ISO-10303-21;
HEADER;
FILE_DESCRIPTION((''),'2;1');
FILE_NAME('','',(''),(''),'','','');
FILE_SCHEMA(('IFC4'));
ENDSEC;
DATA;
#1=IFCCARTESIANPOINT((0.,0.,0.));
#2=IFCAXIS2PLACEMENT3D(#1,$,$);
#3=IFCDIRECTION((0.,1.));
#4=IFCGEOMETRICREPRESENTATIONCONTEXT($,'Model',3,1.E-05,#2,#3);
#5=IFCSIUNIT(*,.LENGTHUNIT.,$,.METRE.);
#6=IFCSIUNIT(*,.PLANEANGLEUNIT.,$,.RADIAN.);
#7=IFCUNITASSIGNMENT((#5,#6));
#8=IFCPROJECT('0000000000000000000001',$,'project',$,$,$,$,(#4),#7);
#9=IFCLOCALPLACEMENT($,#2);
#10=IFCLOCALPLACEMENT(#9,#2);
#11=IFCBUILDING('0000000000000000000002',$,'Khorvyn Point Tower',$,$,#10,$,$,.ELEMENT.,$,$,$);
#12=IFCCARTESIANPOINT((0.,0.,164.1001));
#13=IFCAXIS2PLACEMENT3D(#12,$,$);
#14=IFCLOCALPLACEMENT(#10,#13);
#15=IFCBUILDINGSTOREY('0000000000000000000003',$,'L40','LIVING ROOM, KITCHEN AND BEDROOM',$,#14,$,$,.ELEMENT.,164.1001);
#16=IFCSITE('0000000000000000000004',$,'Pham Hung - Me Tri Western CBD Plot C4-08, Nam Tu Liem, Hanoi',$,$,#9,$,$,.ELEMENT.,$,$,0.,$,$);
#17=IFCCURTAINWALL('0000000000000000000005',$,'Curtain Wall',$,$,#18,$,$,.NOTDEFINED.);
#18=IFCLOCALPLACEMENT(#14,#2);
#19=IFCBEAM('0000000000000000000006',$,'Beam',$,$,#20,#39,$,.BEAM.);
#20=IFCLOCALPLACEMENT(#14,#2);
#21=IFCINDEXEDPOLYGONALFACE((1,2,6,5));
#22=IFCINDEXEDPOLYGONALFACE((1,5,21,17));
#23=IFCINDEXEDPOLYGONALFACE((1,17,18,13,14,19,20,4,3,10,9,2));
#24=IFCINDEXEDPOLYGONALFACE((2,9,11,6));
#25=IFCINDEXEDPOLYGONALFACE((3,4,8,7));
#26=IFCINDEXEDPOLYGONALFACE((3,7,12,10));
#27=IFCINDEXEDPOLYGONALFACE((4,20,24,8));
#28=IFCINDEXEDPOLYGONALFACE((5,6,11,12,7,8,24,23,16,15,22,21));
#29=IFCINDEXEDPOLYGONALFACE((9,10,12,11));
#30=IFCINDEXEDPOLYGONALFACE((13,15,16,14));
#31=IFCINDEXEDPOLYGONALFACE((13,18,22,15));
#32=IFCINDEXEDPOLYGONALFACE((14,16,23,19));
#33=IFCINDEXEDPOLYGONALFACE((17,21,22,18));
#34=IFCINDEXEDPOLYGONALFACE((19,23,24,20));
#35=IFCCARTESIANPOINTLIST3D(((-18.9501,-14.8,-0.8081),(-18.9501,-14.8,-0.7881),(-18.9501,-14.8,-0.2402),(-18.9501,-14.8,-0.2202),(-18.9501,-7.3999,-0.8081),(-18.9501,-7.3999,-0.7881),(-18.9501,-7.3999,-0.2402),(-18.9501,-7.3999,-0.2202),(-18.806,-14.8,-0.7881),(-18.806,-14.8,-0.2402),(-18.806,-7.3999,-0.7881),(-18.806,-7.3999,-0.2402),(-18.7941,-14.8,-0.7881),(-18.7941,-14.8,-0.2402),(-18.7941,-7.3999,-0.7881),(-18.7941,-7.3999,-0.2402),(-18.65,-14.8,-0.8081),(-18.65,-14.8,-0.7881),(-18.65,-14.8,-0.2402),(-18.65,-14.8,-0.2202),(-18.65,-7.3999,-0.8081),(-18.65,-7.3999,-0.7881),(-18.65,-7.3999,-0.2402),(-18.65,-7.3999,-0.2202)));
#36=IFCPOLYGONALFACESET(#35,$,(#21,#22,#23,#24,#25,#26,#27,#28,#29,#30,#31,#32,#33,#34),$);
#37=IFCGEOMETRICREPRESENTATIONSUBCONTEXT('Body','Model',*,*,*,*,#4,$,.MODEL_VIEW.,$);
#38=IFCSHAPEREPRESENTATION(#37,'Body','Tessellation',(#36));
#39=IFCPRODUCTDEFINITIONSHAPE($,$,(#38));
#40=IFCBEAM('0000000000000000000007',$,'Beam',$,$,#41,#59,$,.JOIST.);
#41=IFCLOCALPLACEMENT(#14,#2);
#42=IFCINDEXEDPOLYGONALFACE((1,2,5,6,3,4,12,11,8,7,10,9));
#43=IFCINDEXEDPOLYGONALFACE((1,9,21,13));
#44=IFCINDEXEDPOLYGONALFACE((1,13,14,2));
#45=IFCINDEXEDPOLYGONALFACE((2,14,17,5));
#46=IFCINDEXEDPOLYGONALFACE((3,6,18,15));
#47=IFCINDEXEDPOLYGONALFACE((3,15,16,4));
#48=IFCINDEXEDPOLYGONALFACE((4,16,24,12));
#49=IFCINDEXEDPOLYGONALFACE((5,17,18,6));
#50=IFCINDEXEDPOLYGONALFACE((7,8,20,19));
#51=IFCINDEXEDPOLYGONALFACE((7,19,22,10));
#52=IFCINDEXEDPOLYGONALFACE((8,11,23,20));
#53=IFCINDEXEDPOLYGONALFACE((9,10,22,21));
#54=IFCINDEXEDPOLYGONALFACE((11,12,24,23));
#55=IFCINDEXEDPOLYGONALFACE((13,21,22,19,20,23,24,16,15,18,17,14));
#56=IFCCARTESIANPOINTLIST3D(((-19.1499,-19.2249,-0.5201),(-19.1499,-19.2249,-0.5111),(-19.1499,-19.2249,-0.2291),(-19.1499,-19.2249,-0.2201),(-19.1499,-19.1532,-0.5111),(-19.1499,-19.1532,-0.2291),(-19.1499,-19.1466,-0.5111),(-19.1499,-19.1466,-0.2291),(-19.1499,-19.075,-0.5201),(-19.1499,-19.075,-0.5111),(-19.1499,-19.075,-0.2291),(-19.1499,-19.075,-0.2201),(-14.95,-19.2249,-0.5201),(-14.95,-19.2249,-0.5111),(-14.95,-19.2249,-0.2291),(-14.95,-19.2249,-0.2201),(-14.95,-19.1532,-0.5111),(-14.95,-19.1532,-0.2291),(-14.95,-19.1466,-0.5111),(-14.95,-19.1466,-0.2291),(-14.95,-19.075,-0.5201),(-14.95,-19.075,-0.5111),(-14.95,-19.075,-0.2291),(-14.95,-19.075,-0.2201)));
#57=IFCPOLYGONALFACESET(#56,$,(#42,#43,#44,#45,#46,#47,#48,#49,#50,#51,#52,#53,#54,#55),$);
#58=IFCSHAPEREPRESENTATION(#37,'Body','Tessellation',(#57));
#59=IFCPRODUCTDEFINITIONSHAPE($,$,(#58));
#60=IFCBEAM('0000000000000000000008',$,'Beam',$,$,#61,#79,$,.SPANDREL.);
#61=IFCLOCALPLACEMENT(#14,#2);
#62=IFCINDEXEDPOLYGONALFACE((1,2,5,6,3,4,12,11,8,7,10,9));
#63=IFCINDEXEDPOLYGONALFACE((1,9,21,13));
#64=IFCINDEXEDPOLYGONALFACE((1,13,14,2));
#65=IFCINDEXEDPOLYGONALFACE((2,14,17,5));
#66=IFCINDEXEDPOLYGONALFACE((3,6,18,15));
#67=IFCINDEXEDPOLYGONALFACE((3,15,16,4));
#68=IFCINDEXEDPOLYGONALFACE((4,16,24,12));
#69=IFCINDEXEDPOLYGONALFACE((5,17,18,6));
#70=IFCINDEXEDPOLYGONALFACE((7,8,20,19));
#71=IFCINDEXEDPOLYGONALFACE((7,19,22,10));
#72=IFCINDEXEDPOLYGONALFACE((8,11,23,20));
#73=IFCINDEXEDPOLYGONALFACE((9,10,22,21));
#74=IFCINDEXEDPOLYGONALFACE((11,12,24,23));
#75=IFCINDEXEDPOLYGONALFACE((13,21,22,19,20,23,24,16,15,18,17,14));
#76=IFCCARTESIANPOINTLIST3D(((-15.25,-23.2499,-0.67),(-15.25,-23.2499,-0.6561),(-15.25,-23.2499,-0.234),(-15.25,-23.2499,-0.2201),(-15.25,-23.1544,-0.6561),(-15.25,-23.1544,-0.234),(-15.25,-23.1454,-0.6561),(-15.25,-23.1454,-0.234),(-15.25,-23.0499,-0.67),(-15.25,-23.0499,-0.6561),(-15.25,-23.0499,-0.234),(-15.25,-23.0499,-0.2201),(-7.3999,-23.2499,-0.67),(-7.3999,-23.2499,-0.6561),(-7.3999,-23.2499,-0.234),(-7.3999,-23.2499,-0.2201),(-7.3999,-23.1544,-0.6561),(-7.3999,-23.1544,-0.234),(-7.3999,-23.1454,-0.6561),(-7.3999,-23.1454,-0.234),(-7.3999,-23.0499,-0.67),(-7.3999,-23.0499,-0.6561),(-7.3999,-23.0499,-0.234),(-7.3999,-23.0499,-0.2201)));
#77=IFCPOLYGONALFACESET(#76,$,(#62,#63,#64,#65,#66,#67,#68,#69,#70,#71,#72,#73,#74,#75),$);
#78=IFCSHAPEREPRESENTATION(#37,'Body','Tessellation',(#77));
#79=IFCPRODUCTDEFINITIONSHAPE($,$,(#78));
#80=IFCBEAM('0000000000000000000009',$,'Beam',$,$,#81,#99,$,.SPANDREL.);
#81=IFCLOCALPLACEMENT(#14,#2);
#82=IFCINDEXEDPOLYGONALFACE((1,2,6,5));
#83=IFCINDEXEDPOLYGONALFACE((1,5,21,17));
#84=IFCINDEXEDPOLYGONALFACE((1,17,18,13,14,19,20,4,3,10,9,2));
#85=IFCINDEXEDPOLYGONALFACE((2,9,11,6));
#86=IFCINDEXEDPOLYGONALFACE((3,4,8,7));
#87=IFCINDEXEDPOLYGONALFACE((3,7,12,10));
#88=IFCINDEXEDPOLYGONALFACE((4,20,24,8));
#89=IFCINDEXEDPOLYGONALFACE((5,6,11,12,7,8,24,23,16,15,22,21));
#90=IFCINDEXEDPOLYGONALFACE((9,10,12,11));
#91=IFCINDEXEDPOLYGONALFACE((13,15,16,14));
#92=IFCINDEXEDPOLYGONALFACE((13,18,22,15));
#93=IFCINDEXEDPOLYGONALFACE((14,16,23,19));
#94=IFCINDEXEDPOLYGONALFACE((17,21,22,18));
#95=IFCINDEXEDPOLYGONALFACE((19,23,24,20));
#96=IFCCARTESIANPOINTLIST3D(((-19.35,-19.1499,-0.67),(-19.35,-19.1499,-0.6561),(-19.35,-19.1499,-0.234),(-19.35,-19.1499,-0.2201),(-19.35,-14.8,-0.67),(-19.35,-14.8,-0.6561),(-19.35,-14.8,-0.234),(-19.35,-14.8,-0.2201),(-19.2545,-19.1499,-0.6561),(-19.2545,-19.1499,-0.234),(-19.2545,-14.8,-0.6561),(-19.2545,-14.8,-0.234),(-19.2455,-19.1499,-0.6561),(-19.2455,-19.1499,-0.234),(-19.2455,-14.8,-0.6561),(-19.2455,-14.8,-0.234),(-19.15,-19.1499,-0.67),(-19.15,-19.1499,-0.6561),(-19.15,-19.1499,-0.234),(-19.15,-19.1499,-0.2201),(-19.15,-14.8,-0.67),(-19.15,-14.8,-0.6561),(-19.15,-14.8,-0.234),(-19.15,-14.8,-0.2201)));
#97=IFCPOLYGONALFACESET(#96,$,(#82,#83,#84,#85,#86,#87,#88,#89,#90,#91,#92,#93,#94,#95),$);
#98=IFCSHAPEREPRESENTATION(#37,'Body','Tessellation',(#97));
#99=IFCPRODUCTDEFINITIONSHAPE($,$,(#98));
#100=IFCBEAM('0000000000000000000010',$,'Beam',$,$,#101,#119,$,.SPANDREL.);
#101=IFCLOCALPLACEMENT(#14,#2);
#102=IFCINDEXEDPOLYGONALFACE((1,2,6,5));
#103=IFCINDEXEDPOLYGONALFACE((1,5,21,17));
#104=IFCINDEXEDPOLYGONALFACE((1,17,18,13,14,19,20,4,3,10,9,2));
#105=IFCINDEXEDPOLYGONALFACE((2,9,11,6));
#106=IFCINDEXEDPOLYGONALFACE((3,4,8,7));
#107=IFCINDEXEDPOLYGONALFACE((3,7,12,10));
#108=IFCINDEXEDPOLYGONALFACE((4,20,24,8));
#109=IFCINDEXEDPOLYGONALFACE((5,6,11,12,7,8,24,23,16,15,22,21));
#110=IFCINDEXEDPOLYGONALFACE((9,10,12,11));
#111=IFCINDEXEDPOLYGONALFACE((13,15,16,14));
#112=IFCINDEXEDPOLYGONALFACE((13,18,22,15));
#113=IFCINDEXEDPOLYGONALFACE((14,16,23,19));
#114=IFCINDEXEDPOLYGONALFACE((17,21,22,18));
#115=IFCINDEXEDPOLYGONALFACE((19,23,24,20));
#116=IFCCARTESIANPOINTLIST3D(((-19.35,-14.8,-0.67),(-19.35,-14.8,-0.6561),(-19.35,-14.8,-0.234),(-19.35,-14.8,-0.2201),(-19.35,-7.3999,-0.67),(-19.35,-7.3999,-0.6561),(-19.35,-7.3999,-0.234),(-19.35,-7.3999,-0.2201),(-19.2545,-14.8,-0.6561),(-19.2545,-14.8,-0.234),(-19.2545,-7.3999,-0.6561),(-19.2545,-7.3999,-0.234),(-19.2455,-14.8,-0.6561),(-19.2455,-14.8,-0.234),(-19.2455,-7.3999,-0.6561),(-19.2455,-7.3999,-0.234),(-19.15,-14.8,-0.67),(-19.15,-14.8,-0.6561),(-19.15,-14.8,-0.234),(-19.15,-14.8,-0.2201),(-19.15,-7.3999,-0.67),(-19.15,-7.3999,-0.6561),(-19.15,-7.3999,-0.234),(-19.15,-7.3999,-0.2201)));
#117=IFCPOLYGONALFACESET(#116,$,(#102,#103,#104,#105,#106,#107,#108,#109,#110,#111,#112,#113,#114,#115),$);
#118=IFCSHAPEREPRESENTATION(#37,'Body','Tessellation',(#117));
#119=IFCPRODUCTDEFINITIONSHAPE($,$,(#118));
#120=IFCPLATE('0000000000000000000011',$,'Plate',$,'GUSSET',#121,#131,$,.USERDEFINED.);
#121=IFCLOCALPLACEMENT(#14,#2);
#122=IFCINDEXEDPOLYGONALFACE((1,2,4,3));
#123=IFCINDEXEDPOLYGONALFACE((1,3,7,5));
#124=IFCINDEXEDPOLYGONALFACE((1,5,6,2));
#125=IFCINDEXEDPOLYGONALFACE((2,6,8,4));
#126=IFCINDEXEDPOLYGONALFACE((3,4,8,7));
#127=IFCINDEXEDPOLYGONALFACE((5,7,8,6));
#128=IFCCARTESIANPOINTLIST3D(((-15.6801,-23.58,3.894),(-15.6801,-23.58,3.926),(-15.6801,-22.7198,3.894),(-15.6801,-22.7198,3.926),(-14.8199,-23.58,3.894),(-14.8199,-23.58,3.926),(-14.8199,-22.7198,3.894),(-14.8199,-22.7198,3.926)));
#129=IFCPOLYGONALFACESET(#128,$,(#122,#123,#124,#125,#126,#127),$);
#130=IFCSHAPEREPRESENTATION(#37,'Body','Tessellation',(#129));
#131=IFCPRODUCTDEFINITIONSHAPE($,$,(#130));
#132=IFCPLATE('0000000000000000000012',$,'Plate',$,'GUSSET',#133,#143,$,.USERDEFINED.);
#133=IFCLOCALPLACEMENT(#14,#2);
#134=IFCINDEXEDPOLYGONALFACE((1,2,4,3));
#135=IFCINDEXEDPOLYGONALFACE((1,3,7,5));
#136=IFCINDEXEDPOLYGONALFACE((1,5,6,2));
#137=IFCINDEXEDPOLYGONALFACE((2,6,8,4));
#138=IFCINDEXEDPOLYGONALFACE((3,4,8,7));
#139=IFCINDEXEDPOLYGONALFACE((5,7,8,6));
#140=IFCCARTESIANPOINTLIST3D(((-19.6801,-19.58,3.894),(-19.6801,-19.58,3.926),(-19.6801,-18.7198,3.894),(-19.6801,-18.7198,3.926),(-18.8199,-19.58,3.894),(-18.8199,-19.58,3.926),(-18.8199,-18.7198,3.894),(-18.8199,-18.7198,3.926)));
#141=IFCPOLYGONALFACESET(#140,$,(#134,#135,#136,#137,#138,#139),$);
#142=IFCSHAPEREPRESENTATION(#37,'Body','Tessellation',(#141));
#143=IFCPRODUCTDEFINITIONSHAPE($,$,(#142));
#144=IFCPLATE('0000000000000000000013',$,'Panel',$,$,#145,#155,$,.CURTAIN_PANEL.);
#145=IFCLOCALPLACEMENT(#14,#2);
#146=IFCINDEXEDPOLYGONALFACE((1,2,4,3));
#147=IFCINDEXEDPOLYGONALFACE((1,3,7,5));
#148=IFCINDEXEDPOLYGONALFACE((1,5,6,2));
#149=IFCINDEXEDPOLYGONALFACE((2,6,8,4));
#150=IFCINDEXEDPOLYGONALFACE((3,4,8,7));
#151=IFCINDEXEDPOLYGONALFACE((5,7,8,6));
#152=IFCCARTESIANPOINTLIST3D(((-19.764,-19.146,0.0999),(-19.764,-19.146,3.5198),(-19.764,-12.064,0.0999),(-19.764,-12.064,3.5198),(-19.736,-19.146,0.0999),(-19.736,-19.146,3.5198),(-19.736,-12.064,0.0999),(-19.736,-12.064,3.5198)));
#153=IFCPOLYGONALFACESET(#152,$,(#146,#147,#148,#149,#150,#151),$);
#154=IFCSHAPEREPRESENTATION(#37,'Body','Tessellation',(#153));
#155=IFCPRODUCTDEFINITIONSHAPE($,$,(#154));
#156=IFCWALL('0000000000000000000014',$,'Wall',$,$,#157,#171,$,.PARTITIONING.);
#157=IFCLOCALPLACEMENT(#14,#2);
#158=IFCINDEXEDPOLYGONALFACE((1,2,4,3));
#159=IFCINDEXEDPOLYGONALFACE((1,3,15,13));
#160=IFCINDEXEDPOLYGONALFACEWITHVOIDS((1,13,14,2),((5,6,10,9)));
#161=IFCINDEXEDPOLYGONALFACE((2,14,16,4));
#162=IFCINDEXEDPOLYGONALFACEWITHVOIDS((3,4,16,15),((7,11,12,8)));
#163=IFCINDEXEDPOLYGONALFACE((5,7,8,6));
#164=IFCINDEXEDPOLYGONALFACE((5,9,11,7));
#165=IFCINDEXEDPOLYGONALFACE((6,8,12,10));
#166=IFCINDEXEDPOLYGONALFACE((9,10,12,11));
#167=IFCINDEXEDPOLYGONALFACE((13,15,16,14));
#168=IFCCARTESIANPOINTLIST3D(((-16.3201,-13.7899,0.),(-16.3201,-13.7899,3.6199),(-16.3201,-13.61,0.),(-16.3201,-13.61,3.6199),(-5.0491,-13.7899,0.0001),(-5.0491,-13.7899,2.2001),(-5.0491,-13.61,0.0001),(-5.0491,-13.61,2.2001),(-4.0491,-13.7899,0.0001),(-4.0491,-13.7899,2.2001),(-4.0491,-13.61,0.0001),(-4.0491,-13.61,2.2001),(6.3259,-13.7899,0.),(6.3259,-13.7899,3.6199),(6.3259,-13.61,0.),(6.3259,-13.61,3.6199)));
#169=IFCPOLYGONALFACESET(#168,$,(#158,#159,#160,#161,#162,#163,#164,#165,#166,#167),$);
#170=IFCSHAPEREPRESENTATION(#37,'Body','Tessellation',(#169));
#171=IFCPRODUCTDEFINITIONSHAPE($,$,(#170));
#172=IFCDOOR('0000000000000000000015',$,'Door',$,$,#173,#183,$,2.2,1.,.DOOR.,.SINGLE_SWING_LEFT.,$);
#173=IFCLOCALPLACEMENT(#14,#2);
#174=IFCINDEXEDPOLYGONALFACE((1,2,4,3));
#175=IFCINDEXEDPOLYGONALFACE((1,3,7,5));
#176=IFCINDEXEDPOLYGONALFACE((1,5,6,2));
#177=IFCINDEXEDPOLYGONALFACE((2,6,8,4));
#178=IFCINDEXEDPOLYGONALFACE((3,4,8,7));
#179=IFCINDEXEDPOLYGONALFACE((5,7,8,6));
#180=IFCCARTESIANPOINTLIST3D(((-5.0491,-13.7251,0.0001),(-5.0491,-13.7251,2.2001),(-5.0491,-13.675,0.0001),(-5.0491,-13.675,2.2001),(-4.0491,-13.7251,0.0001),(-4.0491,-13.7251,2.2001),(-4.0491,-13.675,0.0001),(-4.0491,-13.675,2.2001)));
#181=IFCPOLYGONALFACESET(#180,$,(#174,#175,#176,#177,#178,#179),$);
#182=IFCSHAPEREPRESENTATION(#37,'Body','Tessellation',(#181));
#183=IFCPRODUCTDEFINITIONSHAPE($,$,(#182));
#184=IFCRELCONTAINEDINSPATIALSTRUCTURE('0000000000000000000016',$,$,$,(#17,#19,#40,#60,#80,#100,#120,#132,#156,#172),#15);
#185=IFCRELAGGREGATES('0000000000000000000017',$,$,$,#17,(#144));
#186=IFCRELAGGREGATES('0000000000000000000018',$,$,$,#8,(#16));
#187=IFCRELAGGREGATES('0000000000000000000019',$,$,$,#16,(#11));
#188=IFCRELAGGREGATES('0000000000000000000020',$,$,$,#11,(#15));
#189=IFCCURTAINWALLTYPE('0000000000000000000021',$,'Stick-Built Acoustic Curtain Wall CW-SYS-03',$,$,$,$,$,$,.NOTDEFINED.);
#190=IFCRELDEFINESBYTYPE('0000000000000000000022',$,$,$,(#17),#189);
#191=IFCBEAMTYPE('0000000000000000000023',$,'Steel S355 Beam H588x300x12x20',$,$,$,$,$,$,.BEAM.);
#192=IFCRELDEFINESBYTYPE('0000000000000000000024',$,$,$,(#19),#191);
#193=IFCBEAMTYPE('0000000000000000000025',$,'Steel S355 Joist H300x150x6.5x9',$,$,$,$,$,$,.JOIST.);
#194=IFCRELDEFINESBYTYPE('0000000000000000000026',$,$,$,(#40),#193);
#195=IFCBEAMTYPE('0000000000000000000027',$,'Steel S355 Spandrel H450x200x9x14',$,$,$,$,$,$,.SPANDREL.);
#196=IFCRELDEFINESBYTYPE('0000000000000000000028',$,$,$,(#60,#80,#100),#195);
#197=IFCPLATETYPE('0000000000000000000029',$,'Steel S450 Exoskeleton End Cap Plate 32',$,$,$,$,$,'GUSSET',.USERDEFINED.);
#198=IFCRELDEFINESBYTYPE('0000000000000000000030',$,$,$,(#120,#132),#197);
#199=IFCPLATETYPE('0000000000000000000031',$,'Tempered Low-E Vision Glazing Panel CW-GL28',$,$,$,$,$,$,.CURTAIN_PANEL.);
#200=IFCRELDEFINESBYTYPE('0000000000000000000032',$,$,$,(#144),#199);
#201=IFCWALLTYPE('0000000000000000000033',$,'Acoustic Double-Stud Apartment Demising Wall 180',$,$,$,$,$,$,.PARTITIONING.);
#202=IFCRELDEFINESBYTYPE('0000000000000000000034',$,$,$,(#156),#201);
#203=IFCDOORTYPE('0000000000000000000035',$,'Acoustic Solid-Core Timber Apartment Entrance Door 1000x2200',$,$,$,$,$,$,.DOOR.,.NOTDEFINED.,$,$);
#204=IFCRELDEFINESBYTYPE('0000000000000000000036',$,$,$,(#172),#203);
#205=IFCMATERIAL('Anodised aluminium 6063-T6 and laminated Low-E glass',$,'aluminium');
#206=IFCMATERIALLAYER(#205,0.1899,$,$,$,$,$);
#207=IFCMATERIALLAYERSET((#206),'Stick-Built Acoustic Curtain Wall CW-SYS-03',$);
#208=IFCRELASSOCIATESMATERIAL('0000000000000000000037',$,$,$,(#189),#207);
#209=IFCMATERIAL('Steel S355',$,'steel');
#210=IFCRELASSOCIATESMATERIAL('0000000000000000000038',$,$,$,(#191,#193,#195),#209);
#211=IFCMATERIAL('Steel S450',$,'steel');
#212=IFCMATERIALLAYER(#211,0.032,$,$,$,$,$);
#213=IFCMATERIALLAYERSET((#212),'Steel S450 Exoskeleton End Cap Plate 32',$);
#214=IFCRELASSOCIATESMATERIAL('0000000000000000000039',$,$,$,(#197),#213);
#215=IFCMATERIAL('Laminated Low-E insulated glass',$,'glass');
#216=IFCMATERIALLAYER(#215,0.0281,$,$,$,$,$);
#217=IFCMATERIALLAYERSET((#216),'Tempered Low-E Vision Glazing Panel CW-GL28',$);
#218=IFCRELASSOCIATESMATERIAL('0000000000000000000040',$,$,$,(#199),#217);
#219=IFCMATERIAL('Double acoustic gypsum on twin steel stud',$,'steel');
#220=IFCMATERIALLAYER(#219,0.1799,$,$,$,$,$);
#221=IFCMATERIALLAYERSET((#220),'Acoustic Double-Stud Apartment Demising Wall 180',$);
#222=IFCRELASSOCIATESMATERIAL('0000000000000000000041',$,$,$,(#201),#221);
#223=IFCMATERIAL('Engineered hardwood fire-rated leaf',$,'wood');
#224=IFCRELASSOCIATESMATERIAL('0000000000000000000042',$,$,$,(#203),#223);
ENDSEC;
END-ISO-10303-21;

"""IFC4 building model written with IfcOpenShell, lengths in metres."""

from ifc_helpers import new_model, si_unit, direction, frame, frame_2d, origin, origin_2d, place, context, subcontext, project, spatial, rectangle, i_section, extrude, material, layer, layer_set, material_profile, profile_set, type_object, element, fill, aggregate, save


model = new_model("IFC4")

# Units and contexts
model_context = context("Model", 3, precision=1e-05, world=origin(), true_north=direction((0.0, 1.0)))
body_context = subcontext(model_context, "Body", "Model", "MODEL_VIEW")
ifc_project = project(units=[si_unit("LENGTHUNIT", "METRE"), si_unit("PLANEANGLEUNIT", "RADIAN")], contexts=[model_context])

# Site, building, storey
site_placement = place(None, origin())
site = spatial("IfcSite", under=ifc_project, at=site_placement, Name="Pham Hung - Me Tri Western CBD Plot C4-08, Nam Tu Liem, Hanoi", CompositionType="ELEMENT", RefElevation=0.0)
building_placement = place(site_placement, origin())
building = spatial("IfcBuilding", under=site, at=building_placement, Name="Khorvyn Point Tower", CompositionType="ELEMENT")
storey_placement = place(building_placement, frame((0.0, 0.0, 164.1001)))
storey = spatial("IfcBuildingStorey", under=building, at=storey_placement, Name="L40", Description="LIVING ROOM, KITCHEN AND BEDROOM", CompositionType="ELEMENT", Elevation=164.1001)

# Shared definitions
ifc_material_1 = material(Name="Steel S450", Category="steel")

# Shared definitions
ifc_material_2 = material(Name="Anodised aluminium 6063-T6 and laminated Low-E glass", Category="aluminium")
ifc_layer_1 = layer(ifc_material_2, 0.1899)
ifc_layer_set_1 = layer_set([ifc_layer_1], Name="Stick-Built Acoustic Curtain Wall CW-SYS-03")
curtain_wall_type = type_object("IfcCurtainWallType", Name="Stick-Built Acoustic Curtain Wall CW-SYS-03", PredefinedType="NOTDEFINED", material=ifc_layer_set_1)

# Curtain wall
curtain_wall_1_placement = place(storey_placement, origin())
curtain_wall_1 = element("IfcCurtainWall", 1, at=curtain_wall_1_placement, inside=storey, type_object=curtain_wall_type, Name="Curtain Wall", PredefinedType="NOTDEFINED")

# Beams
ifc_material_3 = material(Name="Steel S355", Category="steel")
ifc_material_profile_1 = material_profile(ifc_material_3, i_section(OverallWidth=0.3, OverallDepth=0.5879, WebThickness=0.012, FlangeThickness=0.02, at=origin_2d()))
ifc_profile_set_1 = profile_set([ifc_material_profile_1], Name="Steel S355 H588x300x12x20")
beam_type_1 = type_object("IfcBeamType", Name="Steel S355 Beam H588x300x12x20", PredefinedType="BEAM", material=ifc_profile_set_1)
beam_1_placement = place(storey_placement, frame((-18.8, -14.8, -0.5142), z_axis=(0.0, 1.0, 0.0), x_axis=(-1.0, 0.0, 0.0)))
element("IfcBeam", 2, at=beam_1_placement, inside=storey, type_object=beam_type_1, Name="Beam", PredefinedType="BEAM", context=body_context, shape_type="SweptSolid", body=[
    extrude(i_section(OverallWidth=0.3, OverallDepth=0.5879, WebThickness=0.012, FlangeThickness=0.02, at=origin_2d()), origin(), (0.0, 0.0, 1.0), 7.4001),
])
ifc_material_profile_2 = material_profile(ifc_material_3, i_section(OverallWidth=0.1499, OverallDepth=0.3, WebThickness=0.0066, FlangeThickness=0.009, at=origin_2d()))
ifc_profile_set_2 = profile_set([ifc_material_profile_2], Name="Steel S355 H300x150x6.5x9")
beam_type_2 = type_object("IfcBeamType", Name="Steel S355 Joist H300x150x6.5x9", PredefinedType="JOIST", material=ifc_profile_set_2)
beam_2_placement = place(storey_placement, frame((-19.1499, -19.1499, -0.3701), z_axis=(1.0, 0.0, 0.0), x_axis=(0.0, 1.0, 0.0)))
element("IfcBeam", 3, at=beam_2_placement, inside=storey, type_object=beam_type_2, Name="Beam", PredefinedType="JOIST", context=body_context, shape_type="SweptSolid", body=[
    extrude(i_section(OverallWidth=0.1499, OverallDepth=0.3, WebThickness=0.0066, FlangeThickness=0.009, at=origin_2d()), origin(), (0.0, 0.0, 1.0), 4.2),
])
ifc_material_profile_3 = material_profile(ifc_material_3, i_section(OverallWidth=0.2, OverallDepth=0.45, WebThickness=0.009, FlangeThickness=0.0139, at=origin_2d()))
ifc_profile_set_3 = profile_set([ifc_material_profile_3], Name="Steel S355 H450x200x9x14")
beam_type_3 = type_object("IfcBeamType", Name="Steel S355 Spandrel H450x200x9x14", PredefinedType="SPANDREL", material=ifc_profile_set_3)
beam_3_placement = place(storey_placement, frame((-15.25, -23.1499, -0.4451), z_axis=(1.0, 0.0, 0.0), x_axis=(0.0, 1.0, 0.0)))
element("IfcBeam", 4, at=beam_3_placement, inside=storey, type_object=beam_type_3, Name="Beam", PredefinedType="SPANDREL", context=body_context, shape_type="SweptSolid", body=[
    extrude(i_section(OverallWidth=0.2, OverallDepth=0.45, WebThickness=0.009, FlangeThickness=0.0139, at=origin_2d()), origin(), (0.0, 0.0, 1.0), 7.8501),
])
beam_4_placement = place(storey_placement, frame((-19.25, -19.1499, -0.4451), z_axis=(0.0, 1.0, 0.0), x_axis=(-1.0, 0.0, 0.0)))
element("IfcBeam", 5, at=beam_4_placement, inside=storey, type_object=beam_type_3, Name="Beam", PredefinedType="SPANDREL", context=body_context, shape_type="SweptSolid", body=[
    extrude(i_section(OverallWidth=0.2, OverallDepth=0.45, WebThickness=0.009, FlangeThickness=0.0139, at=origin_2d()), origin(), (0.0, 0.0, 1.0), 4.3499),
])
beam_5_placement = place(storey_placement, frame((-19.25, -14.8, -0.4451), z_axis=(0.0, 1.0, 0.0), x_axis=(-1.0, 0.0, 0.0)))
element("IfcBeam", 6, at=beam_5_placement, inside=storey, type_object=beam_type_3, Name="Beam", PredefinedType="SPANDREL", context=body_context, shape_type="SweptSolid", body=[
    extrude(i_section(OverallWidth=0.2, OverallDepth=0.45, WebThickness=0.009, FlangeThickness=0.0139, at=origin_2d()), origin(), (0.0, 0.0, 1.0), 7.4001),
])

# Plates
ifc_layer_2 = layer(ifc_material_1, 0.032)
ifc_layer_set_2 = layer_set([ifc_layer_2], Name="Steel S450 Exoskeleton End Cap Plate 32")
plate_type_1 = type_object("IfcPlateType", Name="Steel S450 Exoskeleton End Cap Plate 32", ElementType="GUSSET", PredefinedType="USERDEFINED", material=ifc_layer_set_2)
for number, where, z_axis, x_axis, name in (
    (7, (-15.25, -23.1499, 3.894), (0.0, 0.0, 1.0), (1.0, 0.0, 0.0), "Plate"),
    (8, (-19.25, -19.1499, 3.894), (0.0, 0.0, 1.0), (1.0, 0.0, 0.0), "Plate"),
):
    element("IfcPlate", number, at=place(storey_placement, frame(where, z_axis=z_axis, x_axis=x_axis)), inside=storey, type_object=plate_type_1, Name=name, ObjectType="GUSSET", PredefinedType="USERDEFINED", context=body_context, shape_type="SweptSolid", body=[
        extrude(rectangle(XDim=0.8601, YDim=0.8601, at=origin_2d()), origin(), (0.0, 0.0, 1.0), 0.032),
    ])

# Plate
ifc_material_4 = material(Name="Laminated Low-E insulated glass", Category="glass")
ifc_layer_3 = layer(ifc_material_4, 0.0281)
ifc_layer_set_3 = layer_set([ifc_layer_3], Name="Tempered Low-E Vision Glazing Panel CW-GL28")
plate_type_2 = type_object("IfcPlateType", Name="Tempered Low-E Vision Glazing Panel CW-GL28", PredefinedType="CURTAIN_PANEL", material=ifc_layer_set_3)
plate_placement = place(storey_placement, frame((-19.75, -15.605, 0.0999), z_axis=(0.0, 0.0, 1.0), x_axis=(0.0, 1.0, 0.0)))
plate = element("IfcPlate", 9, at=plate_placement, type_object=plate_type_2, Name="Panel", PredefinedType="CURTAIN_PANEL", context=body_context, shape_type="SweptSolid", body=[
    extrude(rectangle(XDim=7.082, YDim=0.0281, at=origin_2d()), origin(), (0.0, 0.0, 1.0), 3.4199),
])
aggregate(curtain_wall_1, [plate])

# Wall, opening, door
ifc_material_5 = material(Name="Double acoustic gypsum on twin steel stud", Category="steel")
ifc_layer_4 = layer(ifc_material_5, 0.1799)
ifc_layer_set_4 = layer_set([ifc_layer_4], Name="Acoustic Double-Stud Apartment Demising Wall 180")
wall_type_1 = type_object("IfcWallType", Name="Acoustic Double-Stud Apartment Demising Wall 180", PredefinedType="PARTITIONING", material=ifc_layer_set_4)
wall_1_placement = place(storey_placement, frame((-16.3201, -13.7, 0.0), z_axis=(0.0, 0.0, 1.0), x_axis=(1.0, 0.0, 0.0)))
wall_1 = element("IfcWall", 10, at=wall_1_placement, inside=storey, type_object=wall_type_1, Name="Wall", PredefinedType="PARTITIONING", context=body_context, shape_type="SweptSolid", body=[
    extrude(rectangle(XDim=22.646, YDim=0.1799, at=frame_2d((11.323, 0.0))), origin(), (0.0, 0.0, 1.0), 3.6199),
])
opening_1_placement = place(wall_1_placement, frame((11.271, 0.0, 0.0)))
opening_1 = element("IfcOpeningElement", 11, at=opening_1_placement, cuts=wall_1, PredefinedType="OPENING", context=body_context, shape_type="SweptSolid", body=[
    extrude(rectangle(XDim=1.0, YDim=2.2, at=frame_2d((0.5, 1.1001))), frame((0.0, 0.0999, 0.0), z_axis=(0.0, -1.0, 0.0), x_axis=(1.0, 0.0, 0.0)), (0.0, 0.0, 1.0), 0.2),
])
ifc_material_6 = material(Name="Engineered hardwood fire-rated leaf", Category="wood")
door_type = type_object("IfcDoorType", Name="Acoustic Solid-Core Timber Apartment Entrance Door 1000x2200", OperationType="NOTDEFINED", PredefinedType="DOOR", material=ifc_material_6)
door_placement = place(opening_1_placement, origin())
door = element("IfcDoor", 12, at=door_placement, inside=storey, type_object=door_type, Name="Door", OperationType="SINGLE_SWING_LEFT", OverallHeight=2.2, OverallWidth=1.0, PredefinedType="DOOR", context=body_context, shape_type="SweptSolid", body=[
    extrude(rectangle(XDim=1.0, YDim=2.2, at=frame_2d((0.5, 1.1001))), frame((0.0, 0.0249, 0.0), z_axis=(0.0, -1.0, 0.0), x_axis=(1.0, 0.0, 0.0)), (0.0, 0.0, 1.0), 0.05),
])
fill(opening_1, door)

save(model, "model.ifc")
